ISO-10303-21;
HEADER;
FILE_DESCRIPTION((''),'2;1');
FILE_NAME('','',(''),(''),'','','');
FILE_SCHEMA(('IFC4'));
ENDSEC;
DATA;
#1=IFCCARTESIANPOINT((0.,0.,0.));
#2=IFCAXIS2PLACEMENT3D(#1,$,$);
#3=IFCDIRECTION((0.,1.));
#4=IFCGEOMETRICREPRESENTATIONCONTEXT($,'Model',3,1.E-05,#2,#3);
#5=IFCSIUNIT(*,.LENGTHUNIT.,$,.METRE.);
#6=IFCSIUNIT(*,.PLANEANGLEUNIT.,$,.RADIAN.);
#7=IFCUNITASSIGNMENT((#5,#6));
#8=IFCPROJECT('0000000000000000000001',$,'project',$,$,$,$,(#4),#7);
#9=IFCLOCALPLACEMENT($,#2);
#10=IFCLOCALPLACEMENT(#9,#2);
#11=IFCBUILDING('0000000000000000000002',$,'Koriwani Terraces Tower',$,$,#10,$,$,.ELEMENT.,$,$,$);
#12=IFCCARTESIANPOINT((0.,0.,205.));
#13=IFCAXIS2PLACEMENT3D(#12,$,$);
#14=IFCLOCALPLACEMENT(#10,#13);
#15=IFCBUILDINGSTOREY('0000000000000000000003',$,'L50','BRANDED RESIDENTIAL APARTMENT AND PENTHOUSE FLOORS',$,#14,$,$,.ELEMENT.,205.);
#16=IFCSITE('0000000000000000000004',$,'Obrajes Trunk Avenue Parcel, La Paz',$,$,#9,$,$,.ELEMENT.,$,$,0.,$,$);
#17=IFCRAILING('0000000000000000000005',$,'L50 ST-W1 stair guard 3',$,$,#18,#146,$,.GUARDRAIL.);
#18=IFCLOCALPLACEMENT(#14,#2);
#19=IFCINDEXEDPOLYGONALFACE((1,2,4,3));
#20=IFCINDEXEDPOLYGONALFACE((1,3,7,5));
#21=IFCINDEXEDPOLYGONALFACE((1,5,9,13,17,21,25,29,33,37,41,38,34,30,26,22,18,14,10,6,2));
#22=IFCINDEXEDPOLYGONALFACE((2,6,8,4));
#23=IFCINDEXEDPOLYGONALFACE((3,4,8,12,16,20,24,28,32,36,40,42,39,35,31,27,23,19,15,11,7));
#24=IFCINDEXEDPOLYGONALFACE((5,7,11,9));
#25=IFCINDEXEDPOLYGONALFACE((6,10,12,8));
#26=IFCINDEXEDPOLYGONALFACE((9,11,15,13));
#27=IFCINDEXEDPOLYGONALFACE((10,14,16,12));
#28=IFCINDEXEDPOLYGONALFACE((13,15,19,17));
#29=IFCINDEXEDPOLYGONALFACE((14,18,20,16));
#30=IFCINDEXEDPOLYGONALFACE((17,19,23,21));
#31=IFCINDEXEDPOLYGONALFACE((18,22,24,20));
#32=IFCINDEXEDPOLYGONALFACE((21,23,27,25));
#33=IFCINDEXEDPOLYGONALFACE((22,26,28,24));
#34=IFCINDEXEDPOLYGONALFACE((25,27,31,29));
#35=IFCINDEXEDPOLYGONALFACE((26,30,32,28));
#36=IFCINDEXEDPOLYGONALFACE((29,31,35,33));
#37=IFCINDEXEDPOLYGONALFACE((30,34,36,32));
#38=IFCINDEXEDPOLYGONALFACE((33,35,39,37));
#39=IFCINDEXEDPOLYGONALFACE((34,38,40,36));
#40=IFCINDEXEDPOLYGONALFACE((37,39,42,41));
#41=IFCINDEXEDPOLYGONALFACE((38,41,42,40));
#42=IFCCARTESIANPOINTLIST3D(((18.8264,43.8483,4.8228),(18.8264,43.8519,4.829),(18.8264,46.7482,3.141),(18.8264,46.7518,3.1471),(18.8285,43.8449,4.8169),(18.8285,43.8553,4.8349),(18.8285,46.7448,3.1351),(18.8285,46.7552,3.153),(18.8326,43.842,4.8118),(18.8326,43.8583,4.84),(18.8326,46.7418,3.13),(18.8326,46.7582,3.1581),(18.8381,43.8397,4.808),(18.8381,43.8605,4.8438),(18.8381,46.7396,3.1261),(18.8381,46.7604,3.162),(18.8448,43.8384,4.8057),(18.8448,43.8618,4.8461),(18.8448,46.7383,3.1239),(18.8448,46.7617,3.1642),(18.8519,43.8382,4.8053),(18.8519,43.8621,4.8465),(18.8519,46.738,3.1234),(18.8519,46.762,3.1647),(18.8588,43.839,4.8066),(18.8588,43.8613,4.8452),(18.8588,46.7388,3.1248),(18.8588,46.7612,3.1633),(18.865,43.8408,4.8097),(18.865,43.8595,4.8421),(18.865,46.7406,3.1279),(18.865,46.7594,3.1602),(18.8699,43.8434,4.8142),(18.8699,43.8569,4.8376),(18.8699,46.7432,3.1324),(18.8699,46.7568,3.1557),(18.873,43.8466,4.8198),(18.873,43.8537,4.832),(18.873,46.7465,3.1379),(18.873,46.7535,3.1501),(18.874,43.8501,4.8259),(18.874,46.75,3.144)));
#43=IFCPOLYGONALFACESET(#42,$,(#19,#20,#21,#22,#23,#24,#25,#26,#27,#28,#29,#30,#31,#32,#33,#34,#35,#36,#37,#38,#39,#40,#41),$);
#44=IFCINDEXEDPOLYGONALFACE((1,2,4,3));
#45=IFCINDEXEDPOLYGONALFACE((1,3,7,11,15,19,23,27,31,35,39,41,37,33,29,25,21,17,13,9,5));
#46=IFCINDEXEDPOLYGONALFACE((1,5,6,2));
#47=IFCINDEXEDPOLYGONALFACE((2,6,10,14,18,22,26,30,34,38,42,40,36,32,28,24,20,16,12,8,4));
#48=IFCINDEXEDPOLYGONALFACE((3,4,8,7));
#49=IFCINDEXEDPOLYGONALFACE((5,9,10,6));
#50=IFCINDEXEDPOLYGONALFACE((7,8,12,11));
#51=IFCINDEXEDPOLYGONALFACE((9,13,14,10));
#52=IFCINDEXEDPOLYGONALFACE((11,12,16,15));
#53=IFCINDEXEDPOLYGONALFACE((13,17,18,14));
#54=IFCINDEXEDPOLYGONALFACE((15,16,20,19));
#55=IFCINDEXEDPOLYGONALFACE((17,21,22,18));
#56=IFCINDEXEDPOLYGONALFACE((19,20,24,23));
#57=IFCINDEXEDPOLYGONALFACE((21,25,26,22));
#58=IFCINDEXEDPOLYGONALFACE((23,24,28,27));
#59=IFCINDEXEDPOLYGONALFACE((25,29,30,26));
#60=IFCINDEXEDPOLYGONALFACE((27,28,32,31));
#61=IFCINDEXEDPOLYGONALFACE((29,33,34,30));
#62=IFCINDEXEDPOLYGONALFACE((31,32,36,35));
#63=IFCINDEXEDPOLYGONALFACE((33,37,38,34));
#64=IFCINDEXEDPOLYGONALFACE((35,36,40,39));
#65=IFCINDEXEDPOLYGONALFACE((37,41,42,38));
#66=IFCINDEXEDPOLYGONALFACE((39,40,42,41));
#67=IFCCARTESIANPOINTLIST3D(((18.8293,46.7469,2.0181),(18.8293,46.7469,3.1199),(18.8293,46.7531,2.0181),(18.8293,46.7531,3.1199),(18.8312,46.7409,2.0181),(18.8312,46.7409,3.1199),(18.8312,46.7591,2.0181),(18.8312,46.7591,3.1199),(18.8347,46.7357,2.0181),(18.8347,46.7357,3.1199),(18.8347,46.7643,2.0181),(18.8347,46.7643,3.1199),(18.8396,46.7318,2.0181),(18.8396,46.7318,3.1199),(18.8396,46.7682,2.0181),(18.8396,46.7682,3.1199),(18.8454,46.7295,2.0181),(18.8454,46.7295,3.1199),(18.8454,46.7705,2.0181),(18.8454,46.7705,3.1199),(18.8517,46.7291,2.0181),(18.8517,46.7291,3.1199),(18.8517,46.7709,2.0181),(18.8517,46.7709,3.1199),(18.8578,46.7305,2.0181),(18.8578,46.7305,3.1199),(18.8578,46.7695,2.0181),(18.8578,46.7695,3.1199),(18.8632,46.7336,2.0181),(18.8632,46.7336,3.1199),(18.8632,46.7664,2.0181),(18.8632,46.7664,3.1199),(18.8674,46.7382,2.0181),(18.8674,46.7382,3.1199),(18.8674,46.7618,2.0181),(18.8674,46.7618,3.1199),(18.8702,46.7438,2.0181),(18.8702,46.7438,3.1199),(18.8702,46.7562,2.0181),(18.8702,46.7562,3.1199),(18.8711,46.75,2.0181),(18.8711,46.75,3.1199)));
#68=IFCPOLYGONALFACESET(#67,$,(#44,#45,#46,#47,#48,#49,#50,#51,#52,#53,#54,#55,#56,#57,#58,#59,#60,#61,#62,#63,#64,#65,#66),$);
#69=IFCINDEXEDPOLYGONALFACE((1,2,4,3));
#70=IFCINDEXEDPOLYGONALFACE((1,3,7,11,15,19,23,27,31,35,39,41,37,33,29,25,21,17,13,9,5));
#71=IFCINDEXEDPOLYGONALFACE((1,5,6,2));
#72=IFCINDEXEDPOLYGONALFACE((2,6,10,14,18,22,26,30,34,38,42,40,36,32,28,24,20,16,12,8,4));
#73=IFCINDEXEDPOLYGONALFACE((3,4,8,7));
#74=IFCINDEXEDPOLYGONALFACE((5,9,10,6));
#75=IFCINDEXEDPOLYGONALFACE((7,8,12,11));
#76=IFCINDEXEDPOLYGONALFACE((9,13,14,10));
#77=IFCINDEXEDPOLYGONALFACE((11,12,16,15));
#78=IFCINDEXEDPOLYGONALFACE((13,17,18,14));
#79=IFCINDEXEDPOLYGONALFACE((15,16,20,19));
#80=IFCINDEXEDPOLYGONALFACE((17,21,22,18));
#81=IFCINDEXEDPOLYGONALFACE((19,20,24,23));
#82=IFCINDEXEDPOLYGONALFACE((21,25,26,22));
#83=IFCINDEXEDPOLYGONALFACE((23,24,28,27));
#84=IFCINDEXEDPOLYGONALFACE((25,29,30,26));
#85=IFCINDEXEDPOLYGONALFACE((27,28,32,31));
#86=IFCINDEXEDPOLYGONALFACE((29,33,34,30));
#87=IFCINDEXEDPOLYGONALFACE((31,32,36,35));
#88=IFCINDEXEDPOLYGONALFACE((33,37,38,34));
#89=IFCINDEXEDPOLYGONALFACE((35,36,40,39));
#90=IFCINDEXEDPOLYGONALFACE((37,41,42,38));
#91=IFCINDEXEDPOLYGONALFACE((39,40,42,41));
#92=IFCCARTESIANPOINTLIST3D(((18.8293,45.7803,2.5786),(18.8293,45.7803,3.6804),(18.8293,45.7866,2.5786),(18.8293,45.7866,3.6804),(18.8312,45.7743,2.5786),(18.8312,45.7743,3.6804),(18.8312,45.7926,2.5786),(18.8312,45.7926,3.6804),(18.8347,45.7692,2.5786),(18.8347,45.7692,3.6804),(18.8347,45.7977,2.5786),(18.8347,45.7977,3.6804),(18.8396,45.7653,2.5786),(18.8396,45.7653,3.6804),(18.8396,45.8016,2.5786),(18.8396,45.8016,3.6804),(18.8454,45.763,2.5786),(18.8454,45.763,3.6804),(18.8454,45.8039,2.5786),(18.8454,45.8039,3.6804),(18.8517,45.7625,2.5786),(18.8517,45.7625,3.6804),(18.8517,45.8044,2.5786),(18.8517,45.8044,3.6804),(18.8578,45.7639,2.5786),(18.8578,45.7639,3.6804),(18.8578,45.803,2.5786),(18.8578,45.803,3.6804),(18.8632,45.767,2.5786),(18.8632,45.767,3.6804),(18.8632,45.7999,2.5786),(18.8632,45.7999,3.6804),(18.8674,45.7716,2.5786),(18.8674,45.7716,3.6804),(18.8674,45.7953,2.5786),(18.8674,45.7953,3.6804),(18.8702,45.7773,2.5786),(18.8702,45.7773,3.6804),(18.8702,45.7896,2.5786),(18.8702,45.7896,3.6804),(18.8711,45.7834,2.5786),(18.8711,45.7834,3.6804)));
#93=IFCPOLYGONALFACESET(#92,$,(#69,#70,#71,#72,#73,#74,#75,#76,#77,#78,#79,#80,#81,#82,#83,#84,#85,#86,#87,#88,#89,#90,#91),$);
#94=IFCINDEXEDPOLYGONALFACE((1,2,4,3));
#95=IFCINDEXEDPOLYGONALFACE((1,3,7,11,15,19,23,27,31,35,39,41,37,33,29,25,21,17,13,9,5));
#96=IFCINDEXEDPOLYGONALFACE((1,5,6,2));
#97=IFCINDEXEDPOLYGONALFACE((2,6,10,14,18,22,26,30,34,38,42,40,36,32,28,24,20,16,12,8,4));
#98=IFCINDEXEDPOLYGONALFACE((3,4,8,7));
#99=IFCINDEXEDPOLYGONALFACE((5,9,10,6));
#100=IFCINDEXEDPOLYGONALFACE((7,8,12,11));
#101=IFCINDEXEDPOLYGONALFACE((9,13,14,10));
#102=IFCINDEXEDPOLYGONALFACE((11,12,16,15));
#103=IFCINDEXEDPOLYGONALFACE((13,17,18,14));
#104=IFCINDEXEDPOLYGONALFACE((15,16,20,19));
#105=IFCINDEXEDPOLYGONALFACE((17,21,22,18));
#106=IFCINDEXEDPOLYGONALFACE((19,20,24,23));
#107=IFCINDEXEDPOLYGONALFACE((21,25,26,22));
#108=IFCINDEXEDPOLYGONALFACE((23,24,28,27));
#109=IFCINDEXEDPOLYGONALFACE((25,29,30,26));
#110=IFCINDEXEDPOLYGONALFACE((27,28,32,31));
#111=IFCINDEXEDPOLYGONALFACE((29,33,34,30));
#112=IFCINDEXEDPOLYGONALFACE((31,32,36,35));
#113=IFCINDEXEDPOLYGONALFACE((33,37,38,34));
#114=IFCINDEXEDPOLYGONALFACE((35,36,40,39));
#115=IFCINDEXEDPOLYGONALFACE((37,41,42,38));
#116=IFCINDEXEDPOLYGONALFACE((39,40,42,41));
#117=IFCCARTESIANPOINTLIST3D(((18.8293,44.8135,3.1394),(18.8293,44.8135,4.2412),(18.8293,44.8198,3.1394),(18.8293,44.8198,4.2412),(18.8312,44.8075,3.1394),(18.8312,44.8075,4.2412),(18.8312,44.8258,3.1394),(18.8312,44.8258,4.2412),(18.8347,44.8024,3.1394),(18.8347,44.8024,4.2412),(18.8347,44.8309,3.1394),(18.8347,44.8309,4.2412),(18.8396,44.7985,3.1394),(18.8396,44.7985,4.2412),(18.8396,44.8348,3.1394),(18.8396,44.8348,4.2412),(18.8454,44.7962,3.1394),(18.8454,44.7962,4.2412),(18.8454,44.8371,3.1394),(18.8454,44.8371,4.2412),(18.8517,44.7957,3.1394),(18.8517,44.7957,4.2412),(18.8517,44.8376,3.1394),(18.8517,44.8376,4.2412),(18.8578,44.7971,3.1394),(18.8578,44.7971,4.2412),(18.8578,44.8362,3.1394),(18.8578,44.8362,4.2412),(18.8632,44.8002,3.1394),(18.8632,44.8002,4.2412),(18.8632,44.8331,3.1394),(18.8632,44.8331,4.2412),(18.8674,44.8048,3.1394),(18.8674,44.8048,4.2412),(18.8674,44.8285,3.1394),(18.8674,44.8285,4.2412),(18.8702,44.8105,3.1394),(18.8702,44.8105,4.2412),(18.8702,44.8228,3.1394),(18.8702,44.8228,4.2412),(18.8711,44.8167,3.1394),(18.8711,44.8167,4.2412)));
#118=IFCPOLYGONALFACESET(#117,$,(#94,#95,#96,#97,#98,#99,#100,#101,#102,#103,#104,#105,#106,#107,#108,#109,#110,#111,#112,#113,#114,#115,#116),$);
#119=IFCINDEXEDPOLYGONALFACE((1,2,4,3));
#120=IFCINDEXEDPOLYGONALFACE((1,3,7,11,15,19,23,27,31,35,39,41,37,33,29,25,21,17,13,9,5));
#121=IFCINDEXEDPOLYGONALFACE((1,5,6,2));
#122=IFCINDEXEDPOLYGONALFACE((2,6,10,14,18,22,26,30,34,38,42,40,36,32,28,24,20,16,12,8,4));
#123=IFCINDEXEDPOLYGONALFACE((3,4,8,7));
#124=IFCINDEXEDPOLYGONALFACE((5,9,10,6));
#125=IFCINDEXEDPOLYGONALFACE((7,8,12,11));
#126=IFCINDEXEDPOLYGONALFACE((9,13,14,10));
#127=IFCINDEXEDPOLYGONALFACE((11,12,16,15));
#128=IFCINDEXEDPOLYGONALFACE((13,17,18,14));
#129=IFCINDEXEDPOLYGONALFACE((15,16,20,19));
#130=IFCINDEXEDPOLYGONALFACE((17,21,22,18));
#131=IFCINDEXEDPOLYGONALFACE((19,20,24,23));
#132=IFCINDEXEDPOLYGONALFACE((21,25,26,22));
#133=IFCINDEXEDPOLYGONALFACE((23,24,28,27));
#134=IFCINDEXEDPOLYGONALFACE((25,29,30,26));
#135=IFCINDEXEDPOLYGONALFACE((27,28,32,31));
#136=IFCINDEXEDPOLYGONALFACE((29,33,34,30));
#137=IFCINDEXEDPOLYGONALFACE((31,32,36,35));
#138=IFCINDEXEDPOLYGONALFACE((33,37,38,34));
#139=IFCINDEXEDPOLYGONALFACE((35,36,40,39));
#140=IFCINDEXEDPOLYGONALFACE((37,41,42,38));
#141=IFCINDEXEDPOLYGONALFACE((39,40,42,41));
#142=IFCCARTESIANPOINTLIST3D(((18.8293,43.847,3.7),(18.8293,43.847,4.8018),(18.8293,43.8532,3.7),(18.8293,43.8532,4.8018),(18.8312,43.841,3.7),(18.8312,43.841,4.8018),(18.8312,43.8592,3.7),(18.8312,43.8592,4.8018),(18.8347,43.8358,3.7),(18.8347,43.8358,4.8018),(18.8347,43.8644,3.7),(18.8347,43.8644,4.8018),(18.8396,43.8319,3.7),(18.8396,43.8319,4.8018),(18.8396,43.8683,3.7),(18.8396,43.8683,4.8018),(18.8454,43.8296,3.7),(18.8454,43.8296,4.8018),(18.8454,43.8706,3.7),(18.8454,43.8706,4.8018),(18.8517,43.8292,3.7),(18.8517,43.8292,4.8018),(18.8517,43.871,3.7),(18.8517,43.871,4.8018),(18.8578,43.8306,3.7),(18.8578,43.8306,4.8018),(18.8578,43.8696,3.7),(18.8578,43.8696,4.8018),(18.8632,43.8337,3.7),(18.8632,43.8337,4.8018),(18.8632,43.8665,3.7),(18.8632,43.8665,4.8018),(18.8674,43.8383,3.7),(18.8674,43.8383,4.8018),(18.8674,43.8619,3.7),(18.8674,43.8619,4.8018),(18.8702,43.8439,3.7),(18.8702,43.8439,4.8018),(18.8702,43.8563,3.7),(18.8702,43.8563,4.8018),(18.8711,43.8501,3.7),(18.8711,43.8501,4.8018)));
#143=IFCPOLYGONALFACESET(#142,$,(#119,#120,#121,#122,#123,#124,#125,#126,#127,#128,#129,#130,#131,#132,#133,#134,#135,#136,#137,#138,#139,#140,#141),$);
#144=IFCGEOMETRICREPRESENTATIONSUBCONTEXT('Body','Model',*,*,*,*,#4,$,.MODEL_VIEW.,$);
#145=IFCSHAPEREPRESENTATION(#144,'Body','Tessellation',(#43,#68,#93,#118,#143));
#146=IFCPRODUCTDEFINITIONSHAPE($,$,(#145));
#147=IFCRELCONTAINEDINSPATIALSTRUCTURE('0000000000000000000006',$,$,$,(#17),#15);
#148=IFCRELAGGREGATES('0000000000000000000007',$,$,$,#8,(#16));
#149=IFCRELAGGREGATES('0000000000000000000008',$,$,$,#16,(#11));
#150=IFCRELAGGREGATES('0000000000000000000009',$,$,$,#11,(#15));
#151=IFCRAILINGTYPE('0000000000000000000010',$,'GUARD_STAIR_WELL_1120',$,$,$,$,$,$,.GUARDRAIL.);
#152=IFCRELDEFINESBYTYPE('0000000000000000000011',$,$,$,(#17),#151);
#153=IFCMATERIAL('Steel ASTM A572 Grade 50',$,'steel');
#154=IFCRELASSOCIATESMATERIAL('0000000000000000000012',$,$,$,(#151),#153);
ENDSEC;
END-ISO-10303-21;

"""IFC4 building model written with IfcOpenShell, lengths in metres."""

from ifc_helpers import new_model, si_unit, direction, frame, origin, origin_2d, place, context, subcontext, project, spatial, circle, extrude, material, type_object, element, save


model = new_model("IFC4")

# Units and contexts
model_context = context("Model", 3, precision=1e-05, world=origin(), true_north=direction((0.0, 1.0)))
body_context = subcontext(model_context, "Body", "Model", "MODEL_VIEW")
ifc_project = project(units=[si_unit("LENGTHUNIT", "METRE"), si_unit("PLANEANGLEUNIT", "RADIAN")], contexts=[model_context])

# Site, building, storey
site_placement = place(None, origin())
site = spatial("IfcSite", under=ifc_project, at=site_placement, Name="Obrajes Trunk Avenue Parcel, La Paz", CompositionType="ELEMENT", RefElevation=0.0)
building_placement = place(site_placement, origin())
building = spatial("IfcBuilding", under=site, at=building_placement, Name="Koriwani Terraces Tower", CompositionType="ELEMENT")
storey_placement = place(building_placement, frame((0.0, 0.0, 205.0)))
storey = spatial("IfcBuildingStorey", under=building, at=storey_placement, Name="L50", Description="BRANDED RESIDENTIAL APARTMENT AND PENTHOUSE FLOORS", CompositionType="ELEMENT", Elevation=205.0)

# Shared definitions
ifc_material_1 = material(Name="Steel ASTM A572 Grade 50", Category="steel")

# Railing
railing_type_1 = type_object("IfcRailingType", Name="GUARD_STAIR_WELL_1120", PredefinedType="GUARDRAIL", material=ifc_material_1)
railing_1_placement = place(storey_placement, frame((18.8501, 46.75, 2.0181)))
element("IfcRailing", 1, at=railing_1_placement, inside=storey, type_object=railing_type_1, Name="L50 ST-W1 stair guard 3", PredefinedType="GUARDRAIL", context=body_context, shape_type="SweptSolid", body=[
    extrude(circle(Radius=0.0239, at=origin_2d()), frame((0.0, 0.0, 1.126), z_axis=(0.0, -0.865039, 0.501705), x_axis=(1.0, 0.0, 0.0)), (0.0, 0.0, 1.0), 3.3523),
    extrude(circle(Radius=0.021, at=origin_2d()), origin(), (0.0, 0.0, 1.0), 1.1018),
    extrude(circle(Radius=0.021, at=origin_2d()), frame((0.0, -0.9666, 0.5605)), (0.0, 0.0, 1.0), 1.1018),
    extrude(circle(Radius=0.021, at=origin_2d()), frame((0.0, -1.9333, 1.1213)), (0.0, 0.0, 1.0), 1.1018),
    extrude(circle(Radius=0.021, at=origin_2d()), frame((0.0, -2.8999, 1.6819)), (0.0, 0.0, 1.0), 1.1018),
])

save(model, "model.ifc")
